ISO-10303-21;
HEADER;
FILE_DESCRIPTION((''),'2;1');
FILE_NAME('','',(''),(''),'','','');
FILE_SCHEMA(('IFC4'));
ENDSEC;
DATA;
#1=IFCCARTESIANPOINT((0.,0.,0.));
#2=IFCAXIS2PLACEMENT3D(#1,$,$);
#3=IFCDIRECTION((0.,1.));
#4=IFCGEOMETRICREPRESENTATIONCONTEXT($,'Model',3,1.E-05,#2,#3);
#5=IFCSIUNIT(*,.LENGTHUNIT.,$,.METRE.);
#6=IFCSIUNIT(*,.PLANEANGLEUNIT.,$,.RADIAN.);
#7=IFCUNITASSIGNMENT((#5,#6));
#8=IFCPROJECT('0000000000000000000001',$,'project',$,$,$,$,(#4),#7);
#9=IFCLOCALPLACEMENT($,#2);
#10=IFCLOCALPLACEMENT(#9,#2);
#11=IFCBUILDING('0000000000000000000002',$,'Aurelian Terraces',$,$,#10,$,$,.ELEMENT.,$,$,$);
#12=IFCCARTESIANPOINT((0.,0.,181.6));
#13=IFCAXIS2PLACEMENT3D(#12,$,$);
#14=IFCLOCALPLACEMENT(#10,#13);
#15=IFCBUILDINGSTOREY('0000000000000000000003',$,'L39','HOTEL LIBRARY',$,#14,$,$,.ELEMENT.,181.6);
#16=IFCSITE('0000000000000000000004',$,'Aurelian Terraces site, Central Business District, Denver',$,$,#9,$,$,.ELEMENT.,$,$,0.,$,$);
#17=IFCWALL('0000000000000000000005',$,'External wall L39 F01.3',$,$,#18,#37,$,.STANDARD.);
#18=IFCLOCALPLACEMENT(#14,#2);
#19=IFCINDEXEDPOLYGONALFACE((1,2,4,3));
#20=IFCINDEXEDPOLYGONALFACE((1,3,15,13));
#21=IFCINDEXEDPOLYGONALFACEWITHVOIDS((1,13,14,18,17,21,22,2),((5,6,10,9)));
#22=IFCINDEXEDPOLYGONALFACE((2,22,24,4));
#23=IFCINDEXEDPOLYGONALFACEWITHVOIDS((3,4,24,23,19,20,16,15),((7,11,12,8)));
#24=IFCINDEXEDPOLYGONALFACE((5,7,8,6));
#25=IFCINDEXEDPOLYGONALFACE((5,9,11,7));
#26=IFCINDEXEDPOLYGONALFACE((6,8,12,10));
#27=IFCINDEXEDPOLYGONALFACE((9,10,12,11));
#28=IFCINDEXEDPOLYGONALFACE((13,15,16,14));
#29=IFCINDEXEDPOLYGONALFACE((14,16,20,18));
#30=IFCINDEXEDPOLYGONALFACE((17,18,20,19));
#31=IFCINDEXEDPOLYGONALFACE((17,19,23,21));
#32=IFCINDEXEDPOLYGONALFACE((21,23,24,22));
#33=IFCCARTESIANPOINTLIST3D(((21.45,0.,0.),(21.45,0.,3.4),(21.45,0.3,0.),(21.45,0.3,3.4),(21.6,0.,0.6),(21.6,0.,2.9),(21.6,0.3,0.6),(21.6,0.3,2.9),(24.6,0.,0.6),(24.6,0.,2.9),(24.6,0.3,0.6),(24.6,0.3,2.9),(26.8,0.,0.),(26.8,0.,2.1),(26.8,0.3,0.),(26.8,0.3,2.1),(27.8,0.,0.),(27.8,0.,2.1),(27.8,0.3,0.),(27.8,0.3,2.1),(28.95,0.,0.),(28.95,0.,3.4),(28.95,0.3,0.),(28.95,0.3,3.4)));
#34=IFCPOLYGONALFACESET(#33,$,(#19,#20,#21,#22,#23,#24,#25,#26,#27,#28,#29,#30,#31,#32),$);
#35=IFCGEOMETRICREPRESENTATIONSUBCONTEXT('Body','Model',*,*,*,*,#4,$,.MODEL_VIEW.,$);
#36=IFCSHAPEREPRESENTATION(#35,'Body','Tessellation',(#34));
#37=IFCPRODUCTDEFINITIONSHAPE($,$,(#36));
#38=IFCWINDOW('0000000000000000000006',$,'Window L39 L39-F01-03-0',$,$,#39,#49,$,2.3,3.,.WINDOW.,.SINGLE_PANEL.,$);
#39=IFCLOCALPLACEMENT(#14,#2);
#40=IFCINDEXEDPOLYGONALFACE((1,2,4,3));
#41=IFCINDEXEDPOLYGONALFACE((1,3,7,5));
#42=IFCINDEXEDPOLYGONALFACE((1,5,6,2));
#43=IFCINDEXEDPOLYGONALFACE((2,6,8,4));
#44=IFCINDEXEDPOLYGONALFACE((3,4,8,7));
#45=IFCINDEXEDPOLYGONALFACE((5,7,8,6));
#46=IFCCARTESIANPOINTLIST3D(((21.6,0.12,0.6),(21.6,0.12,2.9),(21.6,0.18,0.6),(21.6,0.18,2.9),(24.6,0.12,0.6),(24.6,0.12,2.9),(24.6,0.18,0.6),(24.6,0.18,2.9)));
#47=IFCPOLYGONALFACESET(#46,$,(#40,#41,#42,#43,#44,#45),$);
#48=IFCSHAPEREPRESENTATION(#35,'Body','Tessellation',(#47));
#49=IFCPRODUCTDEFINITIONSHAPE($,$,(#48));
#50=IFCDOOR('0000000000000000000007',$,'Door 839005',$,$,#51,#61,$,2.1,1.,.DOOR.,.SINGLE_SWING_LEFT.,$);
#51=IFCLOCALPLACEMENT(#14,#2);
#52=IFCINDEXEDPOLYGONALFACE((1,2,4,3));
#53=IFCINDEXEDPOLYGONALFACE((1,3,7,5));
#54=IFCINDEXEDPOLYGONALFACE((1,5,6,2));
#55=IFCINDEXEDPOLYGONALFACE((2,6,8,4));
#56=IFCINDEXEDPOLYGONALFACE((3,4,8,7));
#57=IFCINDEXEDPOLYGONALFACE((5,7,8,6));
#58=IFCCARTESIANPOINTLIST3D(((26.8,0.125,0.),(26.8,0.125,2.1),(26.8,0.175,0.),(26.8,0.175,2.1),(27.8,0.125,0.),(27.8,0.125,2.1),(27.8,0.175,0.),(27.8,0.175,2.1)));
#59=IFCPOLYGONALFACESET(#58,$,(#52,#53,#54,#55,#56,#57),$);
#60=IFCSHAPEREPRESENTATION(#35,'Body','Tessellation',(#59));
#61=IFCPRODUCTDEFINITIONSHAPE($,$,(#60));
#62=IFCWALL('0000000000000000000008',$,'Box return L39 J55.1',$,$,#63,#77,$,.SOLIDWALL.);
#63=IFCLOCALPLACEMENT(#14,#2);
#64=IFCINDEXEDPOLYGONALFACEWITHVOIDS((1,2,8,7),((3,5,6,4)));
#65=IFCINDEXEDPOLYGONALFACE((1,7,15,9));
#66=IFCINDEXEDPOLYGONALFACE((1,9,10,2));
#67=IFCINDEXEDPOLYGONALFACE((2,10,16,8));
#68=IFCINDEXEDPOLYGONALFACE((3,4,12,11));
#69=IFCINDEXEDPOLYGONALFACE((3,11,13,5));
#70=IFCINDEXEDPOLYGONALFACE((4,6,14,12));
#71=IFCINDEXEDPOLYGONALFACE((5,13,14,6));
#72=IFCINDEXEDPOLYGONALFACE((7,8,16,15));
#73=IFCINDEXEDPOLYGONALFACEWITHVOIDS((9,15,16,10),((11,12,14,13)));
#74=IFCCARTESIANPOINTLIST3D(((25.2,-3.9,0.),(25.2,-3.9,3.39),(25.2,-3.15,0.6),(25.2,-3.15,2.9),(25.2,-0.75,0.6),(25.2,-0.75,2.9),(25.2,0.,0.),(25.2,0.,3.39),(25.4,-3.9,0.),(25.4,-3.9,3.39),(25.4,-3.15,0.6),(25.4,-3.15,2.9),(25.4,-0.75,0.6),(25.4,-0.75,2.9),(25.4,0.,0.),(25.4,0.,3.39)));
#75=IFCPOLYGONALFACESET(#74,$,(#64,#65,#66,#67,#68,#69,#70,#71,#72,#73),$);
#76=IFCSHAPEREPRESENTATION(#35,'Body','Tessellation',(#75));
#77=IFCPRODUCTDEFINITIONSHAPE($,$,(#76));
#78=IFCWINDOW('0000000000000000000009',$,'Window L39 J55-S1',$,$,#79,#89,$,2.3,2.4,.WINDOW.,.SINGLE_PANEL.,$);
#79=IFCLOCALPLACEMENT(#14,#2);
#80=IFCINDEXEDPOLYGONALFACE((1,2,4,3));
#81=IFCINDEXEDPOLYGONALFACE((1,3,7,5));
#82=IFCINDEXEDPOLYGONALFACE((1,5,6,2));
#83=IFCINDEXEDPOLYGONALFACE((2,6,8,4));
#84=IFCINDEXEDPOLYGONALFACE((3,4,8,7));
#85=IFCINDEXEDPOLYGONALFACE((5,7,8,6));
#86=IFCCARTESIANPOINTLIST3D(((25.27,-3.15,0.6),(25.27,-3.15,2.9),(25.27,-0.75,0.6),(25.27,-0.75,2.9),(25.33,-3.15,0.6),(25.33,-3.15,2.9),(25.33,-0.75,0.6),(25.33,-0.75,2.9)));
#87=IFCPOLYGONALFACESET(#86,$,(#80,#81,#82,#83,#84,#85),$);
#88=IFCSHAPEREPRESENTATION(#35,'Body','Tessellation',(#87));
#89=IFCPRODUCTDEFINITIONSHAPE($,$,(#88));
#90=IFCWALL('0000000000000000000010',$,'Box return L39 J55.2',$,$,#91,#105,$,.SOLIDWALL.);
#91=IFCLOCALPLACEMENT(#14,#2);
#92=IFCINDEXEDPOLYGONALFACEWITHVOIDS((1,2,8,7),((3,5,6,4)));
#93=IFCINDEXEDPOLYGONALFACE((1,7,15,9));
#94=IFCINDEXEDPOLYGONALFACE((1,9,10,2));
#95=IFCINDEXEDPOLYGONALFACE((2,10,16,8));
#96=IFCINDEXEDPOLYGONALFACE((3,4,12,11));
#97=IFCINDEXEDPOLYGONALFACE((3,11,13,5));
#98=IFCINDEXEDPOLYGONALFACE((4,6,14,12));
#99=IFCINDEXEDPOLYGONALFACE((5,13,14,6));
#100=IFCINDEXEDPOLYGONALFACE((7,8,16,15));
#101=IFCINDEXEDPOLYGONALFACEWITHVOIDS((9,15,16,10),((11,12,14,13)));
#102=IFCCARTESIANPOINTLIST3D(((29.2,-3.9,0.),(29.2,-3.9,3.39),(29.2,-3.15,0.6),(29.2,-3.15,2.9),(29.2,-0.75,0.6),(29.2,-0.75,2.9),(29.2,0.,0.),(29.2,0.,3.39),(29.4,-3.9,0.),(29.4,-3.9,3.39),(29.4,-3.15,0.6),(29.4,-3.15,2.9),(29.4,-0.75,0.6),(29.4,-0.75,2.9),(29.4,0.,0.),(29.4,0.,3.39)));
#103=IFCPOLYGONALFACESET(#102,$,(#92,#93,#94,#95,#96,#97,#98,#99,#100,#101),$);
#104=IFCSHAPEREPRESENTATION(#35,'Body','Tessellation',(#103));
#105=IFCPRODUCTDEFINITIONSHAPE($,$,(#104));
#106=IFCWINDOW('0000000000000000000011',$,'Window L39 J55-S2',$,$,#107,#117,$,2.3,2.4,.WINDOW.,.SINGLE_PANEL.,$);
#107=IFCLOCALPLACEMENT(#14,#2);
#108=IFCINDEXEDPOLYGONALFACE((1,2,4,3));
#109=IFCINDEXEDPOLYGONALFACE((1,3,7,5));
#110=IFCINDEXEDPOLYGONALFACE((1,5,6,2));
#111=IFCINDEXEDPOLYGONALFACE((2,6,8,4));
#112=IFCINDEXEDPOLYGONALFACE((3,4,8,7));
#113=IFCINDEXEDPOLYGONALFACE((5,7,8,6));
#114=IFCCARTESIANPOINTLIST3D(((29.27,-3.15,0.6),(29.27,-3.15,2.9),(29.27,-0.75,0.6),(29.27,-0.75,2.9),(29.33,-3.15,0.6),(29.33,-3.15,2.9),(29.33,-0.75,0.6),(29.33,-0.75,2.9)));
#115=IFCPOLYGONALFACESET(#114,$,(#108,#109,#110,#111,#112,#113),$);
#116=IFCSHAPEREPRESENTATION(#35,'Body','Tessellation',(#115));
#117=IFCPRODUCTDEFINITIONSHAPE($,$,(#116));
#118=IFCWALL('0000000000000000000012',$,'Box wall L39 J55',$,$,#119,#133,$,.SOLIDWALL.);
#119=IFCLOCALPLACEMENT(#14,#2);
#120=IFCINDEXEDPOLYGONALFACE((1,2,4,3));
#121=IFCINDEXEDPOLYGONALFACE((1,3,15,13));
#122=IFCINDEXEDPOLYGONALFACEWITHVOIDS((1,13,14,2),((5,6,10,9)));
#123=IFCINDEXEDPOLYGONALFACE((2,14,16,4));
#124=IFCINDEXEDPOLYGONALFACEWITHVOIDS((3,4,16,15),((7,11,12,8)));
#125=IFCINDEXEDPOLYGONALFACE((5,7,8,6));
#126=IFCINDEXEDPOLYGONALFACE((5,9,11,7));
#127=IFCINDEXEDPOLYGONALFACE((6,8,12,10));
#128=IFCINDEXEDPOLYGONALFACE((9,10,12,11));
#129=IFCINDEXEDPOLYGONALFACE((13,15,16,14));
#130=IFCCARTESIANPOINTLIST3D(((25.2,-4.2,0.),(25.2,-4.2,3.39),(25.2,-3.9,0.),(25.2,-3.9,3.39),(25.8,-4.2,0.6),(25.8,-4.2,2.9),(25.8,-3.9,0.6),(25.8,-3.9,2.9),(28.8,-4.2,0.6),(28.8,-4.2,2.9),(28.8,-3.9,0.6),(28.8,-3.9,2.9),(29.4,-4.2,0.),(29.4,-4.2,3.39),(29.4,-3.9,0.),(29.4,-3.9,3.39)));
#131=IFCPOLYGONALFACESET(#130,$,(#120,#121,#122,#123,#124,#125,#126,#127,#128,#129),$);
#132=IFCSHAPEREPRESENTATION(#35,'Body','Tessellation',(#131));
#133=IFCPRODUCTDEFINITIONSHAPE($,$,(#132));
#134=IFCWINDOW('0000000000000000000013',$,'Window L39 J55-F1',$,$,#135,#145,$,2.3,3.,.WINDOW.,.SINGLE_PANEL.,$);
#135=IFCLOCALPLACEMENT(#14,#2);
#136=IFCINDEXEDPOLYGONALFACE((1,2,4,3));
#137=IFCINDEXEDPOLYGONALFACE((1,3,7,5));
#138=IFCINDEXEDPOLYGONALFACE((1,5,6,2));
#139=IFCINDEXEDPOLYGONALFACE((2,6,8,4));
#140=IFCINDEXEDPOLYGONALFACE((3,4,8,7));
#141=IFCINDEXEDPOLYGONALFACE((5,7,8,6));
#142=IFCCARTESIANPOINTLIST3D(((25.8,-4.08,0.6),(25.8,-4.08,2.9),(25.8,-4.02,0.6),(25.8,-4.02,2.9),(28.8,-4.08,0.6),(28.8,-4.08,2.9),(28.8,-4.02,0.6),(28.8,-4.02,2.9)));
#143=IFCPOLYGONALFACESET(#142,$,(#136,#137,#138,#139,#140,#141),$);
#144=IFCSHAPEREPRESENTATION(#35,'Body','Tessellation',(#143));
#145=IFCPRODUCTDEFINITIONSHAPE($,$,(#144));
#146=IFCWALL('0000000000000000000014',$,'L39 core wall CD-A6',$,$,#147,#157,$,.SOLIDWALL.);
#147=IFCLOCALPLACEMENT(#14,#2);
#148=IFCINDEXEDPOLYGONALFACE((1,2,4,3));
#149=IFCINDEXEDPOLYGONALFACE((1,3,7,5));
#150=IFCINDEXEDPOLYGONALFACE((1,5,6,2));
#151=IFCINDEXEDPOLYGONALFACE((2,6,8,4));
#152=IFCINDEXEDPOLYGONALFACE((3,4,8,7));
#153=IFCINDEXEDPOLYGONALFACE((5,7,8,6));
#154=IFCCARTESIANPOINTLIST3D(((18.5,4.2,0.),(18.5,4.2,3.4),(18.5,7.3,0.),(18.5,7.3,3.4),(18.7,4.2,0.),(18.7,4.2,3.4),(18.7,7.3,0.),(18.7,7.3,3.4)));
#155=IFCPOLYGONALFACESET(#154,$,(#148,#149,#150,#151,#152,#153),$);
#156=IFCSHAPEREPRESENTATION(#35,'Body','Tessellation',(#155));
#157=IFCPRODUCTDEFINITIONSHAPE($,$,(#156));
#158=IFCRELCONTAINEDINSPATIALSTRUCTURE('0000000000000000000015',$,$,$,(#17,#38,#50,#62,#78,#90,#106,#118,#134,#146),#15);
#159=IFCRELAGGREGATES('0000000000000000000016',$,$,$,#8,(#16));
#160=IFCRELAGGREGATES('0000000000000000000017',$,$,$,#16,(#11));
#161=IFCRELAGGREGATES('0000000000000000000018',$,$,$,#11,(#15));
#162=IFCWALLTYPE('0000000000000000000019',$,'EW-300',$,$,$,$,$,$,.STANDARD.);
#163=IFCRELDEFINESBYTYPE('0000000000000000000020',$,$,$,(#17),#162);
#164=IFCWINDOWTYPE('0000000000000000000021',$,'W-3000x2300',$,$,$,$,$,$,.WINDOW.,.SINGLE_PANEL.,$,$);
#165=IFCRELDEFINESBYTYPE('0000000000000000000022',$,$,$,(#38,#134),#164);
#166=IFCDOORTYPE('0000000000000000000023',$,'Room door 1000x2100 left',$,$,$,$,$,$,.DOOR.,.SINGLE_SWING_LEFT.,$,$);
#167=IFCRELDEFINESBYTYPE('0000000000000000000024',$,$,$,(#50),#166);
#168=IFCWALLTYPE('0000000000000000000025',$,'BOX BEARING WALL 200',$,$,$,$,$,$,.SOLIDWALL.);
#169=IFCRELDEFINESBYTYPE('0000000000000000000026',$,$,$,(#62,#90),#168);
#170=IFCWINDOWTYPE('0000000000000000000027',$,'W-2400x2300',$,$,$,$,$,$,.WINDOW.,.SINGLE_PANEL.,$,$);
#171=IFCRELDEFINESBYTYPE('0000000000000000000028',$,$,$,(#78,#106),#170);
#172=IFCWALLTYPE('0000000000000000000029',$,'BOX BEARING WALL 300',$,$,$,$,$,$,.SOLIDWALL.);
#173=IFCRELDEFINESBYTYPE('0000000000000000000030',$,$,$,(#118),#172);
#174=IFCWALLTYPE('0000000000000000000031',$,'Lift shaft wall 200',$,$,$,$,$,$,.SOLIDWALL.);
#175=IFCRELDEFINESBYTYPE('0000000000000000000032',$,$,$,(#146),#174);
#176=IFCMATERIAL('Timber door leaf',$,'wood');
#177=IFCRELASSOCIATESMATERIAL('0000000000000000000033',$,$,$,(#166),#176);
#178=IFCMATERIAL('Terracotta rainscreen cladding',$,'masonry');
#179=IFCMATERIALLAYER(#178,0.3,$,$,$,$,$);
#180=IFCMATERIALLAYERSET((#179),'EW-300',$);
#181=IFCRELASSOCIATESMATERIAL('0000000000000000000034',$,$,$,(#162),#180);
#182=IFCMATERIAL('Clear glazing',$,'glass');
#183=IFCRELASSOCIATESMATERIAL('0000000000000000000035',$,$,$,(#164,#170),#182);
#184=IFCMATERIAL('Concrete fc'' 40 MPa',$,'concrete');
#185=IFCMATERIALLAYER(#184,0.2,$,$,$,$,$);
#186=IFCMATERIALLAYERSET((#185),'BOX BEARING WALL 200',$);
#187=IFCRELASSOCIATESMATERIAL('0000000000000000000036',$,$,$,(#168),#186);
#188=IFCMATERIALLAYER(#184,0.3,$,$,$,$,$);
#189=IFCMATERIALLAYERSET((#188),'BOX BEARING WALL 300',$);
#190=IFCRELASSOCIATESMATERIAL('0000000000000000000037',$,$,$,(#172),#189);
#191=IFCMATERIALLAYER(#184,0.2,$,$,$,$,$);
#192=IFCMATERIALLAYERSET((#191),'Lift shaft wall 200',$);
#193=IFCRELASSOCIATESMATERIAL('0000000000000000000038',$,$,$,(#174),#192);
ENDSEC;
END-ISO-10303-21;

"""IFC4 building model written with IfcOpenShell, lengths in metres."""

from ifc_helpers import new_model, si_unit, direction, frame, frame_2d, origin, place, context, subcontext, project, spatial, rectangle, extrude, source, transform, mapped, material, layer, layer_set, type_object, element, fill, save


model = new_model("IFC4")

# Units and contexts
model_context = context("Model", 3, precision=1e-05, world=origin(), true_north=direction((0.0, 1.0)))
body_context = subcontext(model_context, "Body", "Model", "MODEL_VIEW")
ifc_project = project(units=[si_unit("LENGTHUNIT", "METRE"), si_unit("PLANEANGLEUNIT", "RADIAN")], contexts=[model_context])

# Site, building, storey
site_placement = place(None, origin())
site = spatial("IfcSite", under=ifc_project, at=site_placement, Name="Aurelian Terraces site, Central Business District, Denver", CompositionType="ELEMENT", RefElevation=0.0)
building_placement = place(site_placement, origin())
building = spatial("IfcBuilding", under=site, at=building_placement, Name="Aurelian Terraces", CompositionType="ELEMENT")
storey_placement = place(building_placement, frame((0.0, 0.0, 181.6)))
storey = spatial("IfcBuildingStorey", under=building, at=storey_placement, Name="L39", Description="HOTEL LIBRARY", CompositionType="ELEMENT", Elevation=181.6)

# Shared definitions
ifc_material_1 = material(Name="Timber door leaf", Category="wood")
door_type_1 = type_object("IfcDoorType", Name="Room door 1000x2100 left", OperationType="SINGLE_SWING_LEFT", PredefinedType="DOOR", material=ifc_material_1)
shared_shape_1 = source(origin(), body_context, "Body", "SweptSolid", [
    extrude(rectangle(XDim=1.0, YDim=2.1, at=frame_2d((0.5, 1.05))), frame((0.0, 0.025, 0.0), z_axis=(0.0, -1.0, 0.0), x_axis=(1.0, 0.0, 0.0)), (0.0, 0.0, 1.0), 0.05),
])

# Wall, openings, window, door
ifc_material_2 = material(Name="Terracotta rainscreen cladding", Category="masonry")
ifc_layer_1 = layer(ifc_material_2, 0.3)
ifc_layer_set_1 = layer_set([ifc_layer_1], Name="EW-300")
wall_type_1 = type_object("IfcWallType", Name="EW-300", PredefinedType="STANDARD", material=ifc_layer_set_1)
shared_shape_2 = source(origin(), body_context, "Body", "SweptSolid", [
    extrude(rectangle(XDim=7.5, YDim=0.3, at=frame_2d((3.75, 0.0))), origin(), (0.0, 0.0, 1.0), 3.4),
])
wall_1_placement = place(storey_placement, frame((21.45, 0.15, 0.0), z_axis=(0.0, 0.0, 1.0), x_axis=(1.0, 0.0, 0.0)))
wall_1 = element("IfcWall", 1, at=wall_1_placement, inside=storey, type_object=wall_type_1, Name="External wall L39 F01.3", PredefinedType="STANDARD", context=body_context, shape_type="MappedRepresentation", body=[
    mapped(shared_shape_2, transform((0.0, 0.0, 0.0), scale=1.0)),
])
shared_shape_3 = source(origin(), body_context, "Body", "SweptSolid", [
    extrude(rectangle(XDim=3.0, YDim=2.3, at=frame_2d((1.5, 1.15))), frame((0.0, 0.16, 0.0), z_axis=(0.0, -1.0, 0.0), x_axis=(1.0, 0.0, 0.0)), (0.0, 0.0, 1.0), 0.32),
])
opening_1_placement = place(wall_1_placement, frame((0.15, 0.0, 0.6)))
opening_1 = element("IfcOpeningElement", 2, at=opening_1_placement, cuts=wall_1, PredefinedType="OPENING", context=body_context, shape_type="MappedRepresentation", body=[
    mapped(shared_shape_3, transform((0.0, 0.0, 0.0), scale=1.0)),
])
shared_shape_4 = source(origin(), body_context, "Body", "SweptSolid", [
    extrude(rectangle(XDim=1.0, YDim=2.1, at=frame_2d((0.5, 1.05))), frame((0.0, 0.16, 0.0), z_axis=(0.0, -1.0, 0.0), x_axis=(1.0, 0.0, 0.0)), (0.0, 0.0, 1.0), 0.32),
])
opening_2_placement = place(wall_1_placement, frame((5.35, 0.0, 0.0)))
opening_2 = element("IfcOpeningElement", 3, at=opening_2_placement, cuts=wall_1, PredefinedType="OPENING", context=body_context, shape_type="MappedRepresentation", body=[
    mapped(shared_shape_4, transform((0.0, 0.0, 0.0), scale=1.0)),
])
ifc_material_3 = material(Name="Clear glazing", Category="glass")
window_type_1 = type_object("IfcWindowType", Name="W-3000x2300", PartitioningType="SINGLE_PANEL", PredefinedType="WINDOW", material=ifc_material_3)
shared_shape_5 = source(origin(), body_context, "Body", "SweptSolid", [
    extrude(rectangle(XDim=3.0, YDim=2.3, at=frame_2d((1.5, 1.15))), frame((0.0, 0.03, 0.0), z_axis=(0.0, -1.0, 0.0), x_axis=(1.0, 0.0, 0.0)), (0.0, 0.0, 1.0), 0.06),
])
window_1_placement = place(opening_1_placement, origin())
window_1 = element("IfcWindow", 4, at=window_1_placement, inside=storey, type_object=window_type_1, Name="Window L39 L39-F01-03-0", OverallHeight=2.3, OverallWidth=3.0, PartitioningType="SINGLE_PANEL", PredefinedType="WINDOW", context=body_context, shape_type="MappedRepresentation", body=[
    mapped(shared_shape_5, transform((0.0, 0.0, 0.0), scale=1.0)),
])
fill(opening_1, window_1)
door_1_placement = place(opening_2_placement, origin())
door_1 = element("IfcDoor", 5, at=door_1_placement, inside=storey, type_object=door_type_1, Name="Door 839005", OperationType="SINGLE_SWING_LEFT", OverallHeight=2.1, OverallWidth=1.0, PredefinedType="DOOR", context=body_context, shape_type="MappedRepresentation", body=[
    mapped(shared_shape_1, transform((0.0, 0.0, 0.0), scale=1.0)),
])
fill(opening_2, door_1)

# Walls, openings, windows
ifc_material_4 = material(Name="Concrete fc' 40 MPa", Category="concrete")
ifc_layer_2 = layer(ifc_material_4, 0.2)
ifc_layer_set_2 = layer_set([ifc_layer_2], Name="BOX BEARING WALL 200")
wall_type_2 = type_object("IfcWallType", Name="BOX BEARING WALL 200", PredefinedType="SOLIDWALL", material=ifc_layer_set_2)
shared_shape_6 = source(origin(), body_context, "Body", "SweptSolid", [
    extrude(rectangle(XDim=3.9, YDim=0.2, at=frame_2d((1.95, 0.0))), origin(), (0.0, 0.0, 1.0), 3.39),
])
wall_2_placement = place(storey_placement, frame((25.3, 0.0, 0.0), z_axis=(0.0, 0.0, 1.0), x_axis=(0.0, -1.0, 0.0)))
wall_2 = element("IfcWall", 6, at=wall_2_placement, inside=storey, type_object=wall_type_2, Name="Box return L39 J55.1", PredefinedType="SOLIDWALL", context=body_context, shape_type="MappedRepresentation", body=[
    mapped(shared_shape_6, transform((0.0, 0.0, 0.0), scale=1.0)),
])
shared_shape_7 = source(origin(), body_context, "Body", "SweptSolid", [
    extrude(rectangle(XDim=2.4, YDim=2.3, at=frame_2d((1.2, 1.15))), frame((0.0, 0.11, 0.0), z_axis=(0.0, -1.0, 0.0), x_axis=(1.0, 0.0, 0.0)), (0.0, 0.0, 1.0), 0.22),
])
opening_3_placement = place(wall_2_placement, frame((0.75, 0.0, 0.6)))
opening_3 = element("IfcOpeningElement", 7, at=opening_3_placement, cuts=wall_2, PredefinedType="OPENING", context=body_context, shape_type="MappedRepresentation", body=[
    mapped(shared_shape_7, transform((0.0, 0.0, 0.0), scale=1.0)),
])
window_type_2 = type_object("IfcWindowType", Name="W-2400x2300", PartitioningType="SINGLE_PANEL", PredefinedType="WINDOW", material=ifc_material_3)
shared_shape_8 = source(origin(), body_context, "Body", "SweptSolid", [
    extrude(rectangle(XDim=2.4, YDim=2.3, at=frame_2d((1.2, 1.15))), frame((0.0, 0.03, 0.0), z_axis=(0.0, -1.0, 0.0), x_axis=(1.0, 0.0, 0.0)), (0.0, 0.0, 1.0), 0.06),
])
window_2_placement = place(opening_3_placement, origin())
window_2 = element("IfcWindow", 8, at=window_2_placement, inside=storey, type_object=window_type_2, Name="Window L39 J55-S1", OverallHeight=2.3, OverallWidth=2.4, PartitioningType="SINGLE_PANEL", PredefinedType="WINDOW", context=body_context, shape_type="MappedRepresentation", body=[
    mapped(shared_shape_8, transform((0.0, 0.0, 0.0), scale=1.0)),
])
fill(opening_3, window_2)
wall_3_placement = place(storey_placement, frame((29.3, 0.0, 0.0), z_axis=(0.0, 0.0, 1.0), x_axis=(0.0, -1.0, 0.0)))
wall_3 = element("IfcWall", 9, at=wall_3_placement, inside=storey, type_object=wall_type_2, Name="Box return L39 J55.2", PredefinedType="SOLIDWALL", context=body_context, shape_type="MappedRepresentation", body=[
    mapped(shared_shape_6, transform((0.0, 0.0, 0.0), scale=1.0)),
])
opening_4_placement = place(wall_3_placement, frame((0.75, 0.0, 0.6)))
opening_4 = element("IfcOpeningElement", 10, at=opening_4_placement, cuts=wall_3, PredefinedType="OPENING", context=body_context, shape_type="MappedRepresentation", body=[
    mapped(shared_shape_7, transform((0.0, 0.0, 0.0), scale=1.0)),
])
window_3_placement = place(opening_4_placement, origin())
window_3 = element("IfcWindow", 11, at=window_3_placement, inside=storey, type_object=window_type_2, Name="Window L39 J55-S2", OverallHeight=2.3, OverallWidth=2.4, PartitioningType="SINGLE_PANEL", PredefinedType="WINDOW", context=body_context, shape_type="MappedRepresentation", body=[
    mapped(shared_shape_8, transform((0.0, 0.0, 0.0), scale=1.0)),
])
fill(opening_4, window_3)
ifc_layer_3 = layer(ifc_material_4, 0.3)
ifc_layer_set_3 = layer_set([ifc_layer_3], Name="BOX BEARING WALL 300")
wall_type_3 = type_object("IfcWallType", Name="BOX BEARING WALL 300", PredefinedType="SOLIDWALL", material=ifc_layer_set_3)
shared_shape_9 = source(origin(), body_context, "Body", "SweptSolid", [
    extrude(rectangle(XDim=4.2, YDim=0.3, at=frame_2d((2.1, 0.0))), origin(), (0.0, 0.0, 1.0), 3.39),
])
wall_4_placement = place(storey_placement, frame((25.2, -4.05, 0.0), z_axis=(0.0, 0.0, 1.0), x_axis=(1.0, 0.0, 0.0)))
wall_4 = element("IfcWall", 12, at=wall_4_placement, inside=storey, type_object=wall_type_3, Name="Box wall L39 J55", PredefinedType="SOLIDWALL", context=body_context, shape_type="MappedRepresentation", body=[
    mapped(shared_shape_9, transform((0.0, 0.0, 0.0), scale=1.0)),
])
opening_5_placement = place(wall_4_placement, frame((0.6, 0.0, 0.6)))
opening_5 = element("IfcOpeningElement", 13, at=opening_5_placement, cuts=wall_4, PredefinedType="OPENING", context=body_context, shape_type="MappedRepresentation", body=[
    mapped(shared_shape_3, transform((0.0, 0.0, 0.0), scale=1.0)),
])
window_4_placement = place(opening_5_placement, origin())
window_4 = element("IfcWindow", 14, at=window_4_placement, inside=storey, type_object=window_type_1, Name="Window L39 J55-F1", OverallHeight=2.3, OverallWidth=3.0, PartitioningType="SINGLE_PANEL", PredefinedType="WINDOW", context=body_context, shape_type="MappedRepresentation", body=[
    mapped(shared_shape_5, transform((0.0, 0.0, 0.0), scale=1.0)),
])
fill(opening_5, window_4)

# Wall
ifc_layer_4 = layer(ifc_material_4, 0.2)
ifc_layer_set_4 = layer_set([ifc_layer_4], Name="Lift shaft wall 200")
wall_type_4 = type_object("IfcWallType", Name="Lift shaft wall 200", PredefinedType="SOLIDWALL", material=ifc_layer_set_4)
shared_shape_10 = source(origin(), body_context, "Body", "SweptSolid", [
    extrude(rectangle(XDim=3.1, YDim=0.2, at=frame_2d((1.55, 0.0))), origin(), (0.0, 0.0, 1.0), 3.4),
])
wall_5_placement = place(storey_placement, frame((18.6, 4.2, 0.0), z_axis=(0.0, 0.0, 1.0), x_axis=(0.0, 1.0, 0.0)))
element("IfcWall", 15, at=wall_5_placement, inside=storey, type_object=wall_type_4, Name="L39 core wall CD-A6", PredefinedType="SOLIDWALL", context=body_context, shape_type="MappedRepresentation", body=[
    mapped(shared_shape_10, transform((0.0, 0.0, 0.0), scale=1.0)),
])

save(model, "model.ifc")
